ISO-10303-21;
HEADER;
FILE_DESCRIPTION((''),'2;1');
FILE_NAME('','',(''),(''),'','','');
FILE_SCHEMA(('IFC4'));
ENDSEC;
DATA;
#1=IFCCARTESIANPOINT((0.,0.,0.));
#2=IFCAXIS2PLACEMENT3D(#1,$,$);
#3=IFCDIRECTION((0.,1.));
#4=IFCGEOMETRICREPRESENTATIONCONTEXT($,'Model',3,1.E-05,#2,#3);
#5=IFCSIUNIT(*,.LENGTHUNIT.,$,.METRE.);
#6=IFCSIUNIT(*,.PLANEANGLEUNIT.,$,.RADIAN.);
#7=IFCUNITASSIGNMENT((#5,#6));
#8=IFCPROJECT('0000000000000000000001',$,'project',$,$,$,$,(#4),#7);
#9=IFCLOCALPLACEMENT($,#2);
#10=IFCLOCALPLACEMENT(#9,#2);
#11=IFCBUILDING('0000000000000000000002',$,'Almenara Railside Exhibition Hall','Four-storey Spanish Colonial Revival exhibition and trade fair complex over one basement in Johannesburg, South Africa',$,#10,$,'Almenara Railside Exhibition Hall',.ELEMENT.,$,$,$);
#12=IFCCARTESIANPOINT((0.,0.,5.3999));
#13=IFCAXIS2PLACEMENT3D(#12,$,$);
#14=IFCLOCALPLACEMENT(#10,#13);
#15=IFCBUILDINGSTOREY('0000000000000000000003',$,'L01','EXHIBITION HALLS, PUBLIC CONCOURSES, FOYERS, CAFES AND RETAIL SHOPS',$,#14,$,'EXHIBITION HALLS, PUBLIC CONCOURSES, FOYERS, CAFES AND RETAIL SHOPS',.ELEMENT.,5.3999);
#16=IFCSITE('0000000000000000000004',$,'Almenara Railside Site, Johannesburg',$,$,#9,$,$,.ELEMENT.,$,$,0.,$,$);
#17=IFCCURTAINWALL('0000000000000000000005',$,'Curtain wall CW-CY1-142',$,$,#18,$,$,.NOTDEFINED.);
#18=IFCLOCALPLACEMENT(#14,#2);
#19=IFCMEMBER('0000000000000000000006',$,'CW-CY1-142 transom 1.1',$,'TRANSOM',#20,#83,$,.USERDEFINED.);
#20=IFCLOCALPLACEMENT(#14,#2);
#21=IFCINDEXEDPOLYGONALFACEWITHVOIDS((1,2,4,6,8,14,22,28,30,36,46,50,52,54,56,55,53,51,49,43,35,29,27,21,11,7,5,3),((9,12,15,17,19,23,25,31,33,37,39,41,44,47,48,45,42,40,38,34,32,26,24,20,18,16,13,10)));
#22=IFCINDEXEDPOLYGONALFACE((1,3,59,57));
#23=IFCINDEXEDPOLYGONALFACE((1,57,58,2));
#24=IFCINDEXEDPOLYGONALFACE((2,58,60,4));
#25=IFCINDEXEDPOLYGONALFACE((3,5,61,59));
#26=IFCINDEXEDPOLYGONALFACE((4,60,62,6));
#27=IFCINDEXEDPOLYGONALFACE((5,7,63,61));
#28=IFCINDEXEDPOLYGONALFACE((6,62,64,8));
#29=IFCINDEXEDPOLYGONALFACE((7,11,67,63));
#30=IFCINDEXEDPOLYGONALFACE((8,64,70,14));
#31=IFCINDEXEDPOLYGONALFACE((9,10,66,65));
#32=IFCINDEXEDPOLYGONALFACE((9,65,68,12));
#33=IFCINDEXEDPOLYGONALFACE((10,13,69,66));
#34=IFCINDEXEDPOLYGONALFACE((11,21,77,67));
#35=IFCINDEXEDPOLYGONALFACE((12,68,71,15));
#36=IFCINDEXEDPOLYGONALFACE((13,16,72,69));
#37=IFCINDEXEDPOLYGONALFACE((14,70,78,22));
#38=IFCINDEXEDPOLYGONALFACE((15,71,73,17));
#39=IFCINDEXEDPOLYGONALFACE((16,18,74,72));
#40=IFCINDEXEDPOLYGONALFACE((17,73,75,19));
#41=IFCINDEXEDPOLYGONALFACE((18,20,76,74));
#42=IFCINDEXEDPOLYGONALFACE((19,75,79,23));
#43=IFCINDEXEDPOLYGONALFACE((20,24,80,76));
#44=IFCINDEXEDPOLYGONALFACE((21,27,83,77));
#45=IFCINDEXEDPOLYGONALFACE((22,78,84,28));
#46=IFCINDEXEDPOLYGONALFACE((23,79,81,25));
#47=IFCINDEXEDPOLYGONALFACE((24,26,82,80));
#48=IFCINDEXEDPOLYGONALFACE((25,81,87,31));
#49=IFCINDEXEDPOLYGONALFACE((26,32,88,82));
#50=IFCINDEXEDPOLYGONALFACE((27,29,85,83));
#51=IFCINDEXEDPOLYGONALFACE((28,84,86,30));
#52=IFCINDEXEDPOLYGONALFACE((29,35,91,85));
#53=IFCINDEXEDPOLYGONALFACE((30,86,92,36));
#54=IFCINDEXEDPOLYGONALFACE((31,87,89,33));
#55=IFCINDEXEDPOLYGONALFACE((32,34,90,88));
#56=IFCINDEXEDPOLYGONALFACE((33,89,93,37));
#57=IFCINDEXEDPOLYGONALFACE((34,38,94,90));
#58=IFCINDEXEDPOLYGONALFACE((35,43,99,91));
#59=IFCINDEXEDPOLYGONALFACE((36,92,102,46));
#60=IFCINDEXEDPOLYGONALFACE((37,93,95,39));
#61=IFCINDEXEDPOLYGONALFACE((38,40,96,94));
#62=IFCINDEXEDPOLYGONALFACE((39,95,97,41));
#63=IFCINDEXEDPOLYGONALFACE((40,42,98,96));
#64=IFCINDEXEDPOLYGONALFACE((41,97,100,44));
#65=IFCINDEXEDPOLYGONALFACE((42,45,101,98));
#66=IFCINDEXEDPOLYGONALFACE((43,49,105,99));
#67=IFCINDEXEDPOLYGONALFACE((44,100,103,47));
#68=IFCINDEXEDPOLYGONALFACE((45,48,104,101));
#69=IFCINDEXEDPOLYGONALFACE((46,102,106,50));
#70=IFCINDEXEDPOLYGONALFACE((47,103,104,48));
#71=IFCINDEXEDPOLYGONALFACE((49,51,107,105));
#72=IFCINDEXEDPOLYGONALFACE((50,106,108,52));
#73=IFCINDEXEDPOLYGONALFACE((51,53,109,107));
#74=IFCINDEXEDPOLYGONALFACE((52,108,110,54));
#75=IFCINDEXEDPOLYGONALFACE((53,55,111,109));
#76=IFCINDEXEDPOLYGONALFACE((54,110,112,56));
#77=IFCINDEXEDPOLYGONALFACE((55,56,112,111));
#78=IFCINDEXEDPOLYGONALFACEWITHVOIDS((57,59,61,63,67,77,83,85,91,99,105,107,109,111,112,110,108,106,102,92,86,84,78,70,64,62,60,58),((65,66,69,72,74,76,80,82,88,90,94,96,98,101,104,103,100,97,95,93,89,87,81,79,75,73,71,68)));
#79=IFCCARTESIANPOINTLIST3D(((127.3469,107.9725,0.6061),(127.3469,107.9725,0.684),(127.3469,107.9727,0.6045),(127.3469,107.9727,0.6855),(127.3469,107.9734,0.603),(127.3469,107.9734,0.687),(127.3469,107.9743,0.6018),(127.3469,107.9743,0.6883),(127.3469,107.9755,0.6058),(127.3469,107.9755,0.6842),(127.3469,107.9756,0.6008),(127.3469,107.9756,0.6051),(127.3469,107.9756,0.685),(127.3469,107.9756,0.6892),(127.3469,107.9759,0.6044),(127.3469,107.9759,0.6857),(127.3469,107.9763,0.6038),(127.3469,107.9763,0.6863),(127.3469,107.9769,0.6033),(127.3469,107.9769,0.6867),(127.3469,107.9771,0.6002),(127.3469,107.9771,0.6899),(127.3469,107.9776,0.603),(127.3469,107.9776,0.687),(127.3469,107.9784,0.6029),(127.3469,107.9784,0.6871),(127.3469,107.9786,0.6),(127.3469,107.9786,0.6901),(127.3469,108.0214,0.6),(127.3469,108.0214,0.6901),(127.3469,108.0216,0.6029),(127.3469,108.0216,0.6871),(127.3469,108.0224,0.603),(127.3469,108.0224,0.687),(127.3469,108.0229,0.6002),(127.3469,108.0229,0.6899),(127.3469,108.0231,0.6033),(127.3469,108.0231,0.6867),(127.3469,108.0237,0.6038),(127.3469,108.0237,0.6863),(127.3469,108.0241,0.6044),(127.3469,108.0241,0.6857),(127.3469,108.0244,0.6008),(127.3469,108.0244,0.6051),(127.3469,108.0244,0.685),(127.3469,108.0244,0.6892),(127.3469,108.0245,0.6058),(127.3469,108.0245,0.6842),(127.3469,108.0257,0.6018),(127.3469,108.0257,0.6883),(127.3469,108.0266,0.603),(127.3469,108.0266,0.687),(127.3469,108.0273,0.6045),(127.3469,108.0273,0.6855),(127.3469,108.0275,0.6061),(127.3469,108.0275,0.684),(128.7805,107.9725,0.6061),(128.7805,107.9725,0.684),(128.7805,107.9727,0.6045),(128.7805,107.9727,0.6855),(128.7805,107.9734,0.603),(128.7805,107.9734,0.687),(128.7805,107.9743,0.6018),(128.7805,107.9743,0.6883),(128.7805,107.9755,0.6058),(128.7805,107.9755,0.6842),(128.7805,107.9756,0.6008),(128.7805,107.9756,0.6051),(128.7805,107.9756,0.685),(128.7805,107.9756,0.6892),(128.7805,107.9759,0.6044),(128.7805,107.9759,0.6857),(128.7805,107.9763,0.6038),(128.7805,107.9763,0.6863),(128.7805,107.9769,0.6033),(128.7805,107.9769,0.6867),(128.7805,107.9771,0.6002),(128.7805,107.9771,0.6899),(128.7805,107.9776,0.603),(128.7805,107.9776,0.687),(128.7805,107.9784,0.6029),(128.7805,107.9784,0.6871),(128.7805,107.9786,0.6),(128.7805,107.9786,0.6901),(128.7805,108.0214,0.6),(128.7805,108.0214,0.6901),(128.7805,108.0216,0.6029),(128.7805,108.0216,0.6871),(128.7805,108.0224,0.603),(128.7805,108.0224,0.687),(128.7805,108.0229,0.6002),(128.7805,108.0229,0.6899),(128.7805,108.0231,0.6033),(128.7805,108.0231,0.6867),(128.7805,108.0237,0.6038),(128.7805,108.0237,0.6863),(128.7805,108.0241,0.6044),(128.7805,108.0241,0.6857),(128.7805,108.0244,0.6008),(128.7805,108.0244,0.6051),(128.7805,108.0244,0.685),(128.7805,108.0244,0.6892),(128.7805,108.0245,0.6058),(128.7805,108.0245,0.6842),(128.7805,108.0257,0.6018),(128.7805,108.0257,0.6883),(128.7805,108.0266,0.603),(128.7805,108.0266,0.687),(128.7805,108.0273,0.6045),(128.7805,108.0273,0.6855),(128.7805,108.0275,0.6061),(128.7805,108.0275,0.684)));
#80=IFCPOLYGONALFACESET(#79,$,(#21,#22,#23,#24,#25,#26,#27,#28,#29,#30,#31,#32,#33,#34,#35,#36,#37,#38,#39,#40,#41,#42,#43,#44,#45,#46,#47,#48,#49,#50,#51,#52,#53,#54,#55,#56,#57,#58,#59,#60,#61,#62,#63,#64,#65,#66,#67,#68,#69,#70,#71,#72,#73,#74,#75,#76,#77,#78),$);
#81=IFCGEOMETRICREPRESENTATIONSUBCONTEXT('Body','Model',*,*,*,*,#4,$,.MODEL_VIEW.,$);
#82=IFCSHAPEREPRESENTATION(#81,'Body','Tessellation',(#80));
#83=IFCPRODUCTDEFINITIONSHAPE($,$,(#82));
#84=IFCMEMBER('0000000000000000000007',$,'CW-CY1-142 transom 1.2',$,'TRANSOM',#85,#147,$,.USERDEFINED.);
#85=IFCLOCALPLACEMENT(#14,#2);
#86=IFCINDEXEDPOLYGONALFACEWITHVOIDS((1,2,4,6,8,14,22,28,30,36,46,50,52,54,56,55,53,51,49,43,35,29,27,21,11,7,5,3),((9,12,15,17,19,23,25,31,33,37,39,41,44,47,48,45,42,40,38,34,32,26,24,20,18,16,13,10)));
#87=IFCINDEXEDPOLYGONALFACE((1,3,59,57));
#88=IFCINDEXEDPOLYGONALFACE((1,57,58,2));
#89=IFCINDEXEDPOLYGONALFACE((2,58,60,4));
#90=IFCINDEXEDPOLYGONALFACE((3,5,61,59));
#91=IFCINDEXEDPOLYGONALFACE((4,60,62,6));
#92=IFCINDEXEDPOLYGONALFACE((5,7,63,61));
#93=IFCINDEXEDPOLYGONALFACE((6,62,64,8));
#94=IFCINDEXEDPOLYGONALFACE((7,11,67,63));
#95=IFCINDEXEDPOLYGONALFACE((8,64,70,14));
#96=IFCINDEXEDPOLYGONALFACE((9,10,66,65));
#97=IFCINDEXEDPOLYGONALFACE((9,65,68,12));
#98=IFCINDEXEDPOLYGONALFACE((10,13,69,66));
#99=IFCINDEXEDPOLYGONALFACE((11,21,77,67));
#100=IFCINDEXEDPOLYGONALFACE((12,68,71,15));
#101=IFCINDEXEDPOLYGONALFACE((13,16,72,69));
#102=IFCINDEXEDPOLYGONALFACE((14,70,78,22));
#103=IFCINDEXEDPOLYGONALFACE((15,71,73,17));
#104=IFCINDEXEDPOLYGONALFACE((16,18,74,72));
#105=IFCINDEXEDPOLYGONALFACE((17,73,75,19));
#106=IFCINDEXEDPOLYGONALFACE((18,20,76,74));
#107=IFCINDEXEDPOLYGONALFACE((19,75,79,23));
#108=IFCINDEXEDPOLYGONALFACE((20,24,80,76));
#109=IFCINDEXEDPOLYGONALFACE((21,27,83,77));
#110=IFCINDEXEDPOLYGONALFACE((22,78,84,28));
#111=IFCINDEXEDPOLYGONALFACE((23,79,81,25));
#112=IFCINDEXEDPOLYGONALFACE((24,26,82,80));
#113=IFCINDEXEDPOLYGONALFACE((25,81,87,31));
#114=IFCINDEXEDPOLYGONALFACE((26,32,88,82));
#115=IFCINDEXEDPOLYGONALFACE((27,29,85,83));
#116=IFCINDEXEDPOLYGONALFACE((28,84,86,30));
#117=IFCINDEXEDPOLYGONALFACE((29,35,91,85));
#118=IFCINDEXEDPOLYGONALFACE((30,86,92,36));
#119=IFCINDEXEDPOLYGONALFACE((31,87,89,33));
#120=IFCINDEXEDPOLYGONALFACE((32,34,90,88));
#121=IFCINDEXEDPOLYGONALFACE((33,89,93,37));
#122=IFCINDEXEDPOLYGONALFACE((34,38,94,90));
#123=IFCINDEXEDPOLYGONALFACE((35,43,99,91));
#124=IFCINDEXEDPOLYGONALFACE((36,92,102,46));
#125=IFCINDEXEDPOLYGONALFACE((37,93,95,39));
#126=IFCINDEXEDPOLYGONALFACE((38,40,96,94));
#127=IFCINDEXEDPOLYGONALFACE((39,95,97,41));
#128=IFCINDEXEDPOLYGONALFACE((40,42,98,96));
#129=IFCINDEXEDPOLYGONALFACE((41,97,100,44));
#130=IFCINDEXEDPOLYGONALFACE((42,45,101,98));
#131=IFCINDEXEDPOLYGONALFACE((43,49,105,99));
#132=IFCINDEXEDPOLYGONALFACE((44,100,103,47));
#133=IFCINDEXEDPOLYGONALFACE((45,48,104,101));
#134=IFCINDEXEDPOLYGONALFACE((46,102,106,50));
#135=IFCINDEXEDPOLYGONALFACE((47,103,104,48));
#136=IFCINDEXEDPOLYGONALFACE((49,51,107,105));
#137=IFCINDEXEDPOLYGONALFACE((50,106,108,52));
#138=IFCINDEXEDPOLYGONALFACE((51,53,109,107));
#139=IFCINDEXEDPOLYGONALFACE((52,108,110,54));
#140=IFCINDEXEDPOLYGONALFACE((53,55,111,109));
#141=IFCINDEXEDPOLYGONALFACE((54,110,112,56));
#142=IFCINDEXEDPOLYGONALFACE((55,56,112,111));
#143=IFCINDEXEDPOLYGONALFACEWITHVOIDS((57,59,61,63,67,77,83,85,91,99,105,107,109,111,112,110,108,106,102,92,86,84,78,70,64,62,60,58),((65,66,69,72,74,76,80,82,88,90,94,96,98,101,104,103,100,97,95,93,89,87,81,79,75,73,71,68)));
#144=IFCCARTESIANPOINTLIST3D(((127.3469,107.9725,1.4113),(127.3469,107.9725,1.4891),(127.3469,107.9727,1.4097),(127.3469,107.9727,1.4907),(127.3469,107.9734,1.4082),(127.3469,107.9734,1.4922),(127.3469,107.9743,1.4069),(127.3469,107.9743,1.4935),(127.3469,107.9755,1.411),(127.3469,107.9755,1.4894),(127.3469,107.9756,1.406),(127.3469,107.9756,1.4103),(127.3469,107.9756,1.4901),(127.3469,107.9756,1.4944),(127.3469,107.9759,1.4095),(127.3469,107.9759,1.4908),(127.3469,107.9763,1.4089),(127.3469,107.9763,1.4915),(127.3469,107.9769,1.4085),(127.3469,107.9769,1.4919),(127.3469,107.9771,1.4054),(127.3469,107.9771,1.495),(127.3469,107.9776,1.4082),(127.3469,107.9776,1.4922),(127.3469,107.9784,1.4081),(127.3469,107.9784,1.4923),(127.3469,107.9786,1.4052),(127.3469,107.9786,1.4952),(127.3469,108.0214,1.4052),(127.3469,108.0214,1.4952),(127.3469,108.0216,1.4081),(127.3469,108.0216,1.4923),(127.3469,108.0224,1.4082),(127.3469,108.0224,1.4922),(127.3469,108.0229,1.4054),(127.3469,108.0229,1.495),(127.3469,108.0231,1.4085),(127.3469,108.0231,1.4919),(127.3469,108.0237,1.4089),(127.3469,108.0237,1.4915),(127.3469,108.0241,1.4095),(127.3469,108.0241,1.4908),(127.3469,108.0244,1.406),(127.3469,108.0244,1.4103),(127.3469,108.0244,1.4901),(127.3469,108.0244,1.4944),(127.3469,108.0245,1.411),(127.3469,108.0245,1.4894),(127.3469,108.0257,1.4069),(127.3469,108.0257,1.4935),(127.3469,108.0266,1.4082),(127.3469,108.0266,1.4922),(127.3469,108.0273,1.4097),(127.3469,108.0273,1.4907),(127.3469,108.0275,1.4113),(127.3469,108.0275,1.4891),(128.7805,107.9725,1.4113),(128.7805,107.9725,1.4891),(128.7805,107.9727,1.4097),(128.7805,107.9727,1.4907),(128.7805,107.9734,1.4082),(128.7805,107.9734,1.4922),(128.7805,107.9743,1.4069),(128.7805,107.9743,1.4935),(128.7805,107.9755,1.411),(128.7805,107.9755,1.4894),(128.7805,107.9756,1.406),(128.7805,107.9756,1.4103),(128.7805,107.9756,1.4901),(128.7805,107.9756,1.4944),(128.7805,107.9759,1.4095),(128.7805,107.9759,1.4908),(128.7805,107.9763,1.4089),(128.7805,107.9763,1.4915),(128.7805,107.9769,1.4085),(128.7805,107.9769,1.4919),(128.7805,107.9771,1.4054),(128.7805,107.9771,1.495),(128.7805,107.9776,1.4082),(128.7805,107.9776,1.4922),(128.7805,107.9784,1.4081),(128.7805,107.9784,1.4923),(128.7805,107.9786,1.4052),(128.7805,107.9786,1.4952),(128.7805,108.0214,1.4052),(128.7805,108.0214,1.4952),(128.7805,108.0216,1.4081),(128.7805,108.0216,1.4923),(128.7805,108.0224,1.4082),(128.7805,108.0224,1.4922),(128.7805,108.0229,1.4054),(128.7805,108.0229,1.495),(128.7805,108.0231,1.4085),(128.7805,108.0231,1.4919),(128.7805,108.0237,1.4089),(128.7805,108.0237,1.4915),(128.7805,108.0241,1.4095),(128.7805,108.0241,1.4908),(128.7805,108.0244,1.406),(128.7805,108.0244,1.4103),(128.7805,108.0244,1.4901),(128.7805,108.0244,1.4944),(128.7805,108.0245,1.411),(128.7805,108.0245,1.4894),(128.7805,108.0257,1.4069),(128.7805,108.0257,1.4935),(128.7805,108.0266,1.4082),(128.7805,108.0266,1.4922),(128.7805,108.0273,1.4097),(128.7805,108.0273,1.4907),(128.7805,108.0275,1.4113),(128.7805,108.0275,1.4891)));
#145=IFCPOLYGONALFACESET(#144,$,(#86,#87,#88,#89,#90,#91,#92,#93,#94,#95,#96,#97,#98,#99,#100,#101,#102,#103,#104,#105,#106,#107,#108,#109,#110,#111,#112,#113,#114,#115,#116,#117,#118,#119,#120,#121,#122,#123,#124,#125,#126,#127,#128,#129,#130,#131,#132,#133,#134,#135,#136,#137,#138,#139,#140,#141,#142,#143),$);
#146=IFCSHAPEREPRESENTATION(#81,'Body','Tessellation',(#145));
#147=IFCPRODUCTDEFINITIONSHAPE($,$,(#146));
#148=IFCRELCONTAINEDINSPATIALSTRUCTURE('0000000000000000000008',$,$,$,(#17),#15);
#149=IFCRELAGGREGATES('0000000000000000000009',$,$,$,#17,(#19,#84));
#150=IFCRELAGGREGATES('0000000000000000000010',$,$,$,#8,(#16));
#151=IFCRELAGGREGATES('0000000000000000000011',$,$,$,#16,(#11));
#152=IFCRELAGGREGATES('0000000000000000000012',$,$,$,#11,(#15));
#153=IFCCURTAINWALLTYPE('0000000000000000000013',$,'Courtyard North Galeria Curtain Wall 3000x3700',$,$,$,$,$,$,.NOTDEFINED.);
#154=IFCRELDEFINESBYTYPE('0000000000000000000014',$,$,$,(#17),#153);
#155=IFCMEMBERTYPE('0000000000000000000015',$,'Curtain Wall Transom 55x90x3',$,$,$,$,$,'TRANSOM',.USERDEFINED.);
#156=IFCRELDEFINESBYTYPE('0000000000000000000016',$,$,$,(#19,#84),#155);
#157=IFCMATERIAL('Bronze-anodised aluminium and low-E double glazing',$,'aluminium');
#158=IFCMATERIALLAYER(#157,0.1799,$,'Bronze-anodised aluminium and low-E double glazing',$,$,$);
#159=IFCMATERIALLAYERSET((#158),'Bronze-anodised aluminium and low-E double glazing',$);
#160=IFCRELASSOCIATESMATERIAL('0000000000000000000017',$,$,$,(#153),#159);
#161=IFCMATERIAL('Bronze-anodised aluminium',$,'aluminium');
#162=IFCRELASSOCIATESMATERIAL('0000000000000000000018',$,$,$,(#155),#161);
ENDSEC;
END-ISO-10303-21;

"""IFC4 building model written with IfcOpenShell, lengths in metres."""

from ifc_helpers import new_model, si_unit, direction, frame, origin, origin_2d, place, context, subcontext, project, spatial, hollow_rectangle, extrude, material, layer, layer_set, material_profile, profile_set, type_object, element, aggregate, save


model = new_model("IFC4")

# Units and contexts
model_context = context("Model", 3, precision=1e-05, world=origin(), true_north=direction((0.0, 1.0)))
body_context = subcontext(model_context, "Body", "Model", "MODEL_VIEW")
ifc_project = project(units=[si_unit("LENGTHUNIT", "METRE"), si_unit("PLANEANGLEUNIT", "RADIAN")], contexts=[model_context])

# Site, building, storey
site_placement = place(None, origin())
site = spatial("IfcSite", under=ifc_project, at=site_placement, Name="Almenara Railside Site, Johannesburg", CompositionType="ELEMENT", RefElevation=0.0)
building_placement = place(site_placement, origin())
building = spatial("IfcBuilding", under=site, at=building_placement, Name="Almenara Railside Exhibition Hall", Description="Four-storey Spanish Colonial Revival exhibition and trade fair complex over one basement in Johannesburg, South Africa", LongName="Almenara Railside Exhibition Hall", CompositionType="ELEMENT")
storey_placement = place(building_placement, frame((0.0, 0.0, 5.3999)))
storey = spatial("IfcBuildingStorey", under=building, at=storey_placement, Name="L01", Description="EXHIBITION HALLS, PUBLIC CONCOURSES, FOYERS, CAFES AND RETAIL SHOPS", LongName="EXHIBITION HALLS, PUBLIC CONCOURSES, FOYERS, CAFES AND RETAIL SHOPS", CompositionType="ELEMENT", Elevation=5.3999)

# Curtain wall
ifc_material_1 = material(Name="Bronze-anodised aluminium and low-E double glazing", Category="aluminium")
ifc_layer_1 = layer(ifc_material_1, 0.1799, Name="Bronze-anodised aluminium and low-E double glazing")
ifc_layer_set_1 = layer_set([ifc_layer_1], Name="Bronze-anodised aluminium and low-E double glazing")
curtain_wall_type = type_object("IfcCurtainWallType", Name="Courtyard North Galeria Curtain Wall 3000x3700", PredefinedType="NOTDEFINED", material=ifc_layer_set_1)
curtain_wall_1_placement = place(storey_placement, origin())
curtain_wall_1 = element("IfcCurtainWall", 1, at=curtain_wall_1_placement, inside=storey, type_object=curtain_wall_type, Name="Curtain wall CW-CY1-142", PredefinedType="NOTDEFINED")
ifc_material_2 = material(Name="Bronze-anodised aluminium", Category="aluminium")

# Members
ifc_material_profile_1 = material_profile(ifc_material_2, hollow_rectangle(XDim=0.0549, YDim=0.0901, WallThickness=0.0029, InnerFilletRadius=0.0029, OuterFilletRadius=0.0061, at=origin_2d()), Name="ALU-TRN 55x90x3")
ifc_profile_set_1 = profile_set([ifc_material_profile_1], Name="Bronze-anodised aluminium")
member_type_1 = type_object("IfcMemberType", Name="Curtain Wall Transom 55x90x3", ElementType="TRANSOM", PredefinedType="USERDEFINED", material=ifc_profile_set_1)
member_1_placement = place(storey_placement, frame((127.3469, 108.0, 0.645), z_axis=(1.0, 0.0, 0.0), x_axis=(0.0, 1.0, 0.0)))
member_1 = element("IfcMember", 2, at=member_1_placement, type_object=member_type_1, Name="CW-CY1-142 transom 1.1", ObjectType="TRANSOM", PredefinedType="USERDEFINED", context=body_context, shape_type="SweptSolid", body=[
    extrude(hollow_rectangle(XDim=0.0549, YDim=0.0901, WallThickness=0.0029, InnerFilletRadius=0.0029, OuterFilletRadius=0.0061, at=origin_2d()), origin(), (0.0, 0.0, 1.0), 1.4336),
])
member_2_placement = place(storey_placement, frame((127.3469, 108.0, 1.4502), z_axis=(1.0, 0.0, 0.0), x_axis=(0.0, 1.0, 0.0)))
member_2 = element("IfcMember", 3, at=member_2_placement, type_object=member_type_1, Name="CW-CY1-142 transom 1.2", ObjectType="TRANSOM", PredefinedType="USERDEFINED", context=body_context, shape_type="SweptSolid", body=[
    extrude(hollow_rectangle(XDim=0.0549, YDim=0.0901, WallThickness=0.0029, InnerFilletRadius=0.0029, OuterFilletRadius=0.0061, at=origin_2d()), origin(), (0.0, 0.0, 1.0), 1.4336),
])

aggregate(curtain_wall_1, [member_1, member_2])

save(model, "model.ifc")
